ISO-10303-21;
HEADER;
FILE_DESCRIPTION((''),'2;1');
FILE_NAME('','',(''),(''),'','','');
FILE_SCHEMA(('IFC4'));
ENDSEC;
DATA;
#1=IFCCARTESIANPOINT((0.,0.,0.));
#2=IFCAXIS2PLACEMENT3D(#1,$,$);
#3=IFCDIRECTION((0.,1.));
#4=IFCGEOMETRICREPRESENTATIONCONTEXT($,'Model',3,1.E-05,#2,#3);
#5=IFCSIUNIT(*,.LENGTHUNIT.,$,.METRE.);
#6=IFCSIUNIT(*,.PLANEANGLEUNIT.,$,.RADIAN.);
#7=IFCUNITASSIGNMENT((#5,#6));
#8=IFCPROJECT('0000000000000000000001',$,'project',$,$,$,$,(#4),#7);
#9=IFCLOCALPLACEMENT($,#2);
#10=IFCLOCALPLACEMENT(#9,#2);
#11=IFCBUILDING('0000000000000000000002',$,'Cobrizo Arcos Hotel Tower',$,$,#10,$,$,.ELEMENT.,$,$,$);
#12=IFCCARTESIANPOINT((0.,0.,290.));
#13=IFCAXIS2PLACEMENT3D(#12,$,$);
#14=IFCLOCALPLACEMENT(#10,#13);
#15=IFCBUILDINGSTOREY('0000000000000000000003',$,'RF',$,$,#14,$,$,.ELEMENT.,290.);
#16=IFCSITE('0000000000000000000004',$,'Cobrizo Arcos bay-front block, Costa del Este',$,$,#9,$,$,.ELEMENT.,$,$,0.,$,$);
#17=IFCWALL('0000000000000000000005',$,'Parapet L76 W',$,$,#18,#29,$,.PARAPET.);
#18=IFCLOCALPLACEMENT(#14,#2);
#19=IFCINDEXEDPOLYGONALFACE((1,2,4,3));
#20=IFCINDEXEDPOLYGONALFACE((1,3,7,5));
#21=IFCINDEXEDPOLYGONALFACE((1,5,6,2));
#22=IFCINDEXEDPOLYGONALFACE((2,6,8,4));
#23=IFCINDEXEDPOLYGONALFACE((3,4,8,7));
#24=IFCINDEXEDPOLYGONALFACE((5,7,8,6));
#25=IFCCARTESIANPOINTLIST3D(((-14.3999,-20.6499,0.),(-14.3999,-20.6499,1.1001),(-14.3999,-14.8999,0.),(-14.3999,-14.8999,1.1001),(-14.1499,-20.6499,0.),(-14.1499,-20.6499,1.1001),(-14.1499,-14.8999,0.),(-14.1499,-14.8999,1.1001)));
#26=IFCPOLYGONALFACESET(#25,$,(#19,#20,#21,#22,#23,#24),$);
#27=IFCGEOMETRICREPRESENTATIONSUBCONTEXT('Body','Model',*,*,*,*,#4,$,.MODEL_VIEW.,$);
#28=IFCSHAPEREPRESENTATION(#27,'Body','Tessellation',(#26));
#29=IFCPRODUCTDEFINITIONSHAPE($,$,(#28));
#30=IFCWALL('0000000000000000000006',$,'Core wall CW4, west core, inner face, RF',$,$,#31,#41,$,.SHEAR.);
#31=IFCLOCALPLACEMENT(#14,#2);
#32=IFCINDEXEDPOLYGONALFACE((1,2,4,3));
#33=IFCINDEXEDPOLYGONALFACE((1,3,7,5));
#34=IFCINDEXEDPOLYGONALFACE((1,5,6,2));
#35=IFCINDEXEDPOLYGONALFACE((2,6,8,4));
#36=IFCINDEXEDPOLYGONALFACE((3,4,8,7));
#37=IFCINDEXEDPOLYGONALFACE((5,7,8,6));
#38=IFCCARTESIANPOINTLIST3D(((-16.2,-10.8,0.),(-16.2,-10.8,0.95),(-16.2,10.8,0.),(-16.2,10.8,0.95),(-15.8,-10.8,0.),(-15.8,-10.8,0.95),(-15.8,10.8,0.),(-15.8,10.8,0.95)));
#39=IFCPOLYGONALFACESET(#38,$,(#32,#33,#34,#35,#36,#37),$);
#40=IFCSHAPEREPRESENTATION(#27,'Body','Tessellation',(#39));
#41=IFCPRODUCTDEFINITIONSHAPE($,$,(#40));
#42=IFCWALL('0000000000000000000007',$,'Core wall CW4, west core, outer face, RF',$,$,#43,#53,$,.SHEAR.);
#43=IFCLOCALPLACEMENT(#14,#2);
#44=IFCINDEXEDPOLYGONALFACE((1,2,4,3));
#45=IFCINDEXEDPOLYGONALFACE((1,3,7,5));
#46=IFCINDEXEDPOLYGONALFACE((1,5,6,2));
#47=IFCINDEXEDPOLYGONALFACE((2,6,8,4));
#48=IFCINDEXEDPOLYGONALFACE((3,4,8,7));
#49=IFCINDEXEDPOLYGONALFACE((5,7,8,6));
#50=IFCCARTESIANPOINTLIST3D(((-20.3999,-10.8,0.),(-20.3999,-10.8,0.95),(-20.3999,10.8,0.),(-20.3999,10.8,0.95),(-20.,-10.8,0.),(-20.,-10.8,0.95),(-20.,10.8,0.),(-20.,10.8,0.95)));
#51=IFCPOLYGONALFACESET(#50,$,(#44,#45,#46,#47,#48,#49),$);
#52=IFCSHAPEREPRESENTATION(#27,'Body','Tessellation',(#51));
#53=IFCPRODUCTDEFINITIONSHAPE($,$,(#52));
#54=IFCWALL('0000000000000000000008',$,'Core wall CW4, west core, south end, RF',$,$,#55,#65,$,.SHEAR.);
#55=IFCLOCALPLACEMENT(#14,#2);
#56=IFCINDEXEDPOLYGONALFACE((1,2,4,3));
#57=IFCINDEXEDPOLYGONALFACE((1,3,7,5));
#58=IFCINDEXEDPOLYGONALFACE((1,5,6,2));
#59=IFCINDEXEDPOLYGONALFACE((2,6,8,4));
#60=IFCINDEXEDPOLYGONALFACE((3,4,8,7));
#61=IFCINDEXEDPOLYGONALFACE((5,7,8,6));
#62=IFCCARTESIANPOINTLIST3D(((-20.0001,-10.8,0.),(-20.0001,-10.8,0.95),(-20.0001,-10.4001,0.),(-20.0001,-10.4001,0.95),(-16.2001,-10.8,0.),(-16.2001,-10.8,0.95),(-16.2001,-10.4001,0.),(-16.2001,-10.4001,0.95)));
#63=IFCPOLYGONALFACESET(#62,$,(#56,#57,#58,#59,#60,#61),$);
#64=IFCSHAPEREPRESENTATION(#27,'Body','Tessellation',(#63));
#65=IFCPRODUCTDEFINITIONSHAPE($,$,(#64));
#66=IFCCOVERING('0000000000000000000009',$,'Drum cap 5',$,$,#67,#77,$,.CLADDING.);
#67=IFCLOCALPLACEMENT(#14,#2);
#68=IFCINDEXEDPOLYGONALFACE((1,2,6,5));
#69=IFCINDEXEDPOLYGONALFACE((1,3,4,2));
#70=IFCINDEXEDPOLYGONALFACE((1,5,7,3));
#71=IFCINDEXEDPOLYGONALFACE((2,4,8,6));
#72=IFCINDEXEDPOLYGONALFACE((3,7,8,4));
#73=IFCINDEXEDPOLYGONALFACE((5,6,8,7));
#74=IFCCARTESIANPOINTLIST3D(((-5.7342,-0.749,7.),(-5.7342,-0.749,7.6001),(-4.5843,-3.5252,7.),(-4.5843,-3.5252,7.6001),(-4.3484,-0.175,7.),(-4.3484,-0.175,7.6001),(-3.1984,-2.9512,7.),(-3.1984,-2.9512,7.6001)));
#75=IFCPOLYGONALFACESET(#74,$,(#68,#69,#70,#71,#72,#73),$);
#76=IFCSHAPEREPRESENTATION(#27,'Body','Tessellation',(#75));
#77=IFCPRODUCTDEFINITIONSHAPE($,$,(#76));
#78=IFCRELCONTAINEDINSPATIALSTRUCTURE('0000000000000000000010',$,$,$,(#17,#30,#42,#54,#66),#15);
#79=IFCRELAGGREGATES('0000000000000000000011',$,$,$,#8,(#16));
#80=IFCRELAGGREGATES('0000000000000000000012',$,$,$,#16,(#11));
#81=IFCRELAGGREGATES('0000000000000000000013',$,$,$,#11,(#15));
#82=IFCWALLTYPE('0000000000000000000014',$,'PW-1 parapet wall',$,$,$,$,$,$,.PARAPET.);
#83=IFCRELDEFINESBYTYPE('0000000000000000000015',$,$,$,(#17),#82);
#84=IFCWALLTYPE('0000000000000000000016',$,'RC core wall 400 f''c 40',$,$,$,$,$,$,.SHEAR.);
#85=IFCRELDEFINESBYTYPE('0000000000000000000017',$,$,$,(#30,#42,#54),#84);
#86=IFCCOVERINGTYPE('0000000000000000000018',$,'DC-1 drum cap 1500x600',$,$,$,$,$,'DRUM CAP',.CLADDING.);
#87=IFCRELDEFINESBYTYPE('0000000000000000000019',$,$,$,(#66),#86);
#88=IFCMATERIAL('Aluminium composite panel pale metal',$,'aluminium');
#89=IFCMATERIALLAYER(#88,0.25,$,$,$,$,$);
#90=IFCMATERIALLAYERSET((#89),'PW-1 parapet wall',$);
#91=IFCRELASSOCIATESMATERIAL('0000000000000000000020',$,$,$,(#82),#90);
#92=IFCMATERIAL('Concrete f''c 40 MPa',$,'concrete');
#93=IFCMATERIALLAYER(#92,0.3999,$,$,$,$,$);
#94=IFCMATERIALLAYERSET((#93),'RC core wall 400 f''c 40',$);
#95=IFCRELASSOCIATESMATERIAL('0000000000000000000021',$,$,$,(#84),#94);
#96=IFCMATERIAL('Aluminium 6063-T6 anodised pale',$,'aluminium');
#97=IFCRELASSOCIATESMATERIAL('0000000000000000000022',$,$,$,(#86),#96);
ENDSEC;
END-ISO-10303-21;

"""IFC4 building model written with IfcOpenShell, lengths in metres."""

from ifc_helpers import new_model, si_unit, direction, frame, frame_2d, origin, origin_2d, place, context, subcontext, project, spatial, rectangle, extrude, material, layer, layer_set, type_object, element, save


model = new_model("IFC4")

# Units and contexts
model_context = context("Model", 3, precision=1e-05, world=origin(), true_north=direction((0.0, 1.0)))
body_context = subcontext(model_context, "Body", "Model", "MODEL_VIEW")
ifc_project = project(units=[si_unit("LENGTHUNIT", "METRE"), si_unit("PLANEANGLEUNIT", "RADIAN")], contexts=[model_context])

# Site, building, storey
site_placement = place(None, origin())
site = spatial("IfcSite", under=ifc_project, at=site_placement, Name="Cobrizo Arcos bay-front block, Costa del Este", CompositionType="ELEMENT", RefElevation=0.0)
building_placement = place(site_placement, origin())
building = spatial("IfcBuilding", under=site, at=building_placement, Name="Cobrizo Arcos Hotel Tower", CompositionType="ELEMENT")
storey_placement = place(building_placement, frame((0.0, 0.0, 290.0)))
storey = spatial("IfcBuildingStorey", under=building, at=storey_placement, Name="RF", CompositionType="ELEMENT", Elevation=290.0)

# Shared definitions
ifc_material_1 = material(Name="Aluminium composite panel pale metal", Category="aluminium")

# Walls
ifc_layer_1 = layer(ifc_material_1, 0.25)
ifc_layer_set_1 = layer_set([ifc_layer_1], Name="PW-1 parapet wall")
wall_type_1 = type_object("IfcWallType", Name="PW-1 parapet wall", PredefinedType="PARAPET", material=ifc_layer_set_1)
wall_1_placement = place(storey_placement, frame((-14.2749, -14.8999, 0.0), z_axis=(0.0, 0.0, 1.0), x_axis=(0.0, -1.0, 0.0)))
element("IfcWall", 1, at=wall_1_placement, inside=storey, type_object=wall_type_1, Name="Parapet L76 W", PredefinedType="PARAPET", context=body_context, shape_type="SweptSolid", body=[
    extrude(rectangle(XDim=5.75, YDim=0.25, at=frame_2d((2.875, 0.0))), origin(), (0.0, 0.0, 1.0), 1.1001),
])
ifc_material_2 = material(Name="Concrete f'c 40 MPa", Category="concrete")
ifc_layer_2 = layer(ifc_material_2, 0.3999)
ifc_layer_set_2 = layer_set([ifc_layer_2], Name="RC core wall 400 f'c 40")
wall_type_2 = type_object("IfcWallType", Name="RC core wall 400 f'c 40", PredefinedType="SHEAR", material=ifc_layer_set_2)
for number, where, z_axis, x_axis, name in (
    (2, (-16.0, -10.8, 0.0), (0.0, 0.0, 1.0), (0.0, 1.0, 0.0), "Core wall CW4, west core, inner face, RF"),
    (3, (-20.2, -10.8, 0.0), (0.0, 0.0, 1.0), (0.0, 1.0, 0.0), "Core wall CW4, west core, outer face, RF"),
):
    element("IfcWall", number, at=place(storey_placement, frame(where, z_axis=z_axis, x_axis=x_axis)), inside=storey, type_object=wall_type_2, Name=name, PredefinedType="SHEAR", context=body_context, shape_type="SweptSolid", body=[
        extrude(rectangle(XDim=21.6001, YDim=0.3999, at=frame_2d((10.8, 0.0))), origin(), (0.0, 0.0, 1.0), 0.95),
    ])
wall_2_placement = place(storey_placement, frame((-20.0, -10.6001, 0.0), z_axis=(0.0, 0.0, 1.0), x_axis=(1.0, 0.0, 0.0)))
element("IfcWall", 4, at=wall_2_placement, inside=storey, type_object=wall_type_2, Name="Core wall CW4, west core, south end, RF", PredefinedType="SHEAR", context=body_context, shape_type="SweptSolid", body=[
    extrude(rectangle(XDim=3.8, YDim=0.3999, at=frame_2d((1.8999, 0.0))), origin(), (0.0, 0.0, 1.0), 0.95),
])

# Covering
ifc_material_3 = material(Name="Aluminium 6063-T6 anodised pale", Category="aluminium")
covering_type = type_object("IfcCoveringType", Name="DC-1 drum cap 1500x600", ElementType="DRUM CAP", PredefinedType="CLADDING", material=ifc_material_3)
covering_placement = place(storey_placement, frame((-4.4663, -1.8501, 7.0), z_axis=(0.0, 0.0, 1.0), x_axis=(0.382683, -0.92388, 0.0)))
element("IfcCovering", 5, at=covering_placement, inside=storey, type_object=covering_type, Name="Drum cap 5", PredefinedType="CLADDING", context=body_context, shape_type="SweptSolid", body=[
    extrude(rectangle(XDim=3.0049, YDim=1.5, at=origin_2d()), origin(), (0.0, 0.0, 1.0), 0.6001),
])

save(model, "model.ifc")
